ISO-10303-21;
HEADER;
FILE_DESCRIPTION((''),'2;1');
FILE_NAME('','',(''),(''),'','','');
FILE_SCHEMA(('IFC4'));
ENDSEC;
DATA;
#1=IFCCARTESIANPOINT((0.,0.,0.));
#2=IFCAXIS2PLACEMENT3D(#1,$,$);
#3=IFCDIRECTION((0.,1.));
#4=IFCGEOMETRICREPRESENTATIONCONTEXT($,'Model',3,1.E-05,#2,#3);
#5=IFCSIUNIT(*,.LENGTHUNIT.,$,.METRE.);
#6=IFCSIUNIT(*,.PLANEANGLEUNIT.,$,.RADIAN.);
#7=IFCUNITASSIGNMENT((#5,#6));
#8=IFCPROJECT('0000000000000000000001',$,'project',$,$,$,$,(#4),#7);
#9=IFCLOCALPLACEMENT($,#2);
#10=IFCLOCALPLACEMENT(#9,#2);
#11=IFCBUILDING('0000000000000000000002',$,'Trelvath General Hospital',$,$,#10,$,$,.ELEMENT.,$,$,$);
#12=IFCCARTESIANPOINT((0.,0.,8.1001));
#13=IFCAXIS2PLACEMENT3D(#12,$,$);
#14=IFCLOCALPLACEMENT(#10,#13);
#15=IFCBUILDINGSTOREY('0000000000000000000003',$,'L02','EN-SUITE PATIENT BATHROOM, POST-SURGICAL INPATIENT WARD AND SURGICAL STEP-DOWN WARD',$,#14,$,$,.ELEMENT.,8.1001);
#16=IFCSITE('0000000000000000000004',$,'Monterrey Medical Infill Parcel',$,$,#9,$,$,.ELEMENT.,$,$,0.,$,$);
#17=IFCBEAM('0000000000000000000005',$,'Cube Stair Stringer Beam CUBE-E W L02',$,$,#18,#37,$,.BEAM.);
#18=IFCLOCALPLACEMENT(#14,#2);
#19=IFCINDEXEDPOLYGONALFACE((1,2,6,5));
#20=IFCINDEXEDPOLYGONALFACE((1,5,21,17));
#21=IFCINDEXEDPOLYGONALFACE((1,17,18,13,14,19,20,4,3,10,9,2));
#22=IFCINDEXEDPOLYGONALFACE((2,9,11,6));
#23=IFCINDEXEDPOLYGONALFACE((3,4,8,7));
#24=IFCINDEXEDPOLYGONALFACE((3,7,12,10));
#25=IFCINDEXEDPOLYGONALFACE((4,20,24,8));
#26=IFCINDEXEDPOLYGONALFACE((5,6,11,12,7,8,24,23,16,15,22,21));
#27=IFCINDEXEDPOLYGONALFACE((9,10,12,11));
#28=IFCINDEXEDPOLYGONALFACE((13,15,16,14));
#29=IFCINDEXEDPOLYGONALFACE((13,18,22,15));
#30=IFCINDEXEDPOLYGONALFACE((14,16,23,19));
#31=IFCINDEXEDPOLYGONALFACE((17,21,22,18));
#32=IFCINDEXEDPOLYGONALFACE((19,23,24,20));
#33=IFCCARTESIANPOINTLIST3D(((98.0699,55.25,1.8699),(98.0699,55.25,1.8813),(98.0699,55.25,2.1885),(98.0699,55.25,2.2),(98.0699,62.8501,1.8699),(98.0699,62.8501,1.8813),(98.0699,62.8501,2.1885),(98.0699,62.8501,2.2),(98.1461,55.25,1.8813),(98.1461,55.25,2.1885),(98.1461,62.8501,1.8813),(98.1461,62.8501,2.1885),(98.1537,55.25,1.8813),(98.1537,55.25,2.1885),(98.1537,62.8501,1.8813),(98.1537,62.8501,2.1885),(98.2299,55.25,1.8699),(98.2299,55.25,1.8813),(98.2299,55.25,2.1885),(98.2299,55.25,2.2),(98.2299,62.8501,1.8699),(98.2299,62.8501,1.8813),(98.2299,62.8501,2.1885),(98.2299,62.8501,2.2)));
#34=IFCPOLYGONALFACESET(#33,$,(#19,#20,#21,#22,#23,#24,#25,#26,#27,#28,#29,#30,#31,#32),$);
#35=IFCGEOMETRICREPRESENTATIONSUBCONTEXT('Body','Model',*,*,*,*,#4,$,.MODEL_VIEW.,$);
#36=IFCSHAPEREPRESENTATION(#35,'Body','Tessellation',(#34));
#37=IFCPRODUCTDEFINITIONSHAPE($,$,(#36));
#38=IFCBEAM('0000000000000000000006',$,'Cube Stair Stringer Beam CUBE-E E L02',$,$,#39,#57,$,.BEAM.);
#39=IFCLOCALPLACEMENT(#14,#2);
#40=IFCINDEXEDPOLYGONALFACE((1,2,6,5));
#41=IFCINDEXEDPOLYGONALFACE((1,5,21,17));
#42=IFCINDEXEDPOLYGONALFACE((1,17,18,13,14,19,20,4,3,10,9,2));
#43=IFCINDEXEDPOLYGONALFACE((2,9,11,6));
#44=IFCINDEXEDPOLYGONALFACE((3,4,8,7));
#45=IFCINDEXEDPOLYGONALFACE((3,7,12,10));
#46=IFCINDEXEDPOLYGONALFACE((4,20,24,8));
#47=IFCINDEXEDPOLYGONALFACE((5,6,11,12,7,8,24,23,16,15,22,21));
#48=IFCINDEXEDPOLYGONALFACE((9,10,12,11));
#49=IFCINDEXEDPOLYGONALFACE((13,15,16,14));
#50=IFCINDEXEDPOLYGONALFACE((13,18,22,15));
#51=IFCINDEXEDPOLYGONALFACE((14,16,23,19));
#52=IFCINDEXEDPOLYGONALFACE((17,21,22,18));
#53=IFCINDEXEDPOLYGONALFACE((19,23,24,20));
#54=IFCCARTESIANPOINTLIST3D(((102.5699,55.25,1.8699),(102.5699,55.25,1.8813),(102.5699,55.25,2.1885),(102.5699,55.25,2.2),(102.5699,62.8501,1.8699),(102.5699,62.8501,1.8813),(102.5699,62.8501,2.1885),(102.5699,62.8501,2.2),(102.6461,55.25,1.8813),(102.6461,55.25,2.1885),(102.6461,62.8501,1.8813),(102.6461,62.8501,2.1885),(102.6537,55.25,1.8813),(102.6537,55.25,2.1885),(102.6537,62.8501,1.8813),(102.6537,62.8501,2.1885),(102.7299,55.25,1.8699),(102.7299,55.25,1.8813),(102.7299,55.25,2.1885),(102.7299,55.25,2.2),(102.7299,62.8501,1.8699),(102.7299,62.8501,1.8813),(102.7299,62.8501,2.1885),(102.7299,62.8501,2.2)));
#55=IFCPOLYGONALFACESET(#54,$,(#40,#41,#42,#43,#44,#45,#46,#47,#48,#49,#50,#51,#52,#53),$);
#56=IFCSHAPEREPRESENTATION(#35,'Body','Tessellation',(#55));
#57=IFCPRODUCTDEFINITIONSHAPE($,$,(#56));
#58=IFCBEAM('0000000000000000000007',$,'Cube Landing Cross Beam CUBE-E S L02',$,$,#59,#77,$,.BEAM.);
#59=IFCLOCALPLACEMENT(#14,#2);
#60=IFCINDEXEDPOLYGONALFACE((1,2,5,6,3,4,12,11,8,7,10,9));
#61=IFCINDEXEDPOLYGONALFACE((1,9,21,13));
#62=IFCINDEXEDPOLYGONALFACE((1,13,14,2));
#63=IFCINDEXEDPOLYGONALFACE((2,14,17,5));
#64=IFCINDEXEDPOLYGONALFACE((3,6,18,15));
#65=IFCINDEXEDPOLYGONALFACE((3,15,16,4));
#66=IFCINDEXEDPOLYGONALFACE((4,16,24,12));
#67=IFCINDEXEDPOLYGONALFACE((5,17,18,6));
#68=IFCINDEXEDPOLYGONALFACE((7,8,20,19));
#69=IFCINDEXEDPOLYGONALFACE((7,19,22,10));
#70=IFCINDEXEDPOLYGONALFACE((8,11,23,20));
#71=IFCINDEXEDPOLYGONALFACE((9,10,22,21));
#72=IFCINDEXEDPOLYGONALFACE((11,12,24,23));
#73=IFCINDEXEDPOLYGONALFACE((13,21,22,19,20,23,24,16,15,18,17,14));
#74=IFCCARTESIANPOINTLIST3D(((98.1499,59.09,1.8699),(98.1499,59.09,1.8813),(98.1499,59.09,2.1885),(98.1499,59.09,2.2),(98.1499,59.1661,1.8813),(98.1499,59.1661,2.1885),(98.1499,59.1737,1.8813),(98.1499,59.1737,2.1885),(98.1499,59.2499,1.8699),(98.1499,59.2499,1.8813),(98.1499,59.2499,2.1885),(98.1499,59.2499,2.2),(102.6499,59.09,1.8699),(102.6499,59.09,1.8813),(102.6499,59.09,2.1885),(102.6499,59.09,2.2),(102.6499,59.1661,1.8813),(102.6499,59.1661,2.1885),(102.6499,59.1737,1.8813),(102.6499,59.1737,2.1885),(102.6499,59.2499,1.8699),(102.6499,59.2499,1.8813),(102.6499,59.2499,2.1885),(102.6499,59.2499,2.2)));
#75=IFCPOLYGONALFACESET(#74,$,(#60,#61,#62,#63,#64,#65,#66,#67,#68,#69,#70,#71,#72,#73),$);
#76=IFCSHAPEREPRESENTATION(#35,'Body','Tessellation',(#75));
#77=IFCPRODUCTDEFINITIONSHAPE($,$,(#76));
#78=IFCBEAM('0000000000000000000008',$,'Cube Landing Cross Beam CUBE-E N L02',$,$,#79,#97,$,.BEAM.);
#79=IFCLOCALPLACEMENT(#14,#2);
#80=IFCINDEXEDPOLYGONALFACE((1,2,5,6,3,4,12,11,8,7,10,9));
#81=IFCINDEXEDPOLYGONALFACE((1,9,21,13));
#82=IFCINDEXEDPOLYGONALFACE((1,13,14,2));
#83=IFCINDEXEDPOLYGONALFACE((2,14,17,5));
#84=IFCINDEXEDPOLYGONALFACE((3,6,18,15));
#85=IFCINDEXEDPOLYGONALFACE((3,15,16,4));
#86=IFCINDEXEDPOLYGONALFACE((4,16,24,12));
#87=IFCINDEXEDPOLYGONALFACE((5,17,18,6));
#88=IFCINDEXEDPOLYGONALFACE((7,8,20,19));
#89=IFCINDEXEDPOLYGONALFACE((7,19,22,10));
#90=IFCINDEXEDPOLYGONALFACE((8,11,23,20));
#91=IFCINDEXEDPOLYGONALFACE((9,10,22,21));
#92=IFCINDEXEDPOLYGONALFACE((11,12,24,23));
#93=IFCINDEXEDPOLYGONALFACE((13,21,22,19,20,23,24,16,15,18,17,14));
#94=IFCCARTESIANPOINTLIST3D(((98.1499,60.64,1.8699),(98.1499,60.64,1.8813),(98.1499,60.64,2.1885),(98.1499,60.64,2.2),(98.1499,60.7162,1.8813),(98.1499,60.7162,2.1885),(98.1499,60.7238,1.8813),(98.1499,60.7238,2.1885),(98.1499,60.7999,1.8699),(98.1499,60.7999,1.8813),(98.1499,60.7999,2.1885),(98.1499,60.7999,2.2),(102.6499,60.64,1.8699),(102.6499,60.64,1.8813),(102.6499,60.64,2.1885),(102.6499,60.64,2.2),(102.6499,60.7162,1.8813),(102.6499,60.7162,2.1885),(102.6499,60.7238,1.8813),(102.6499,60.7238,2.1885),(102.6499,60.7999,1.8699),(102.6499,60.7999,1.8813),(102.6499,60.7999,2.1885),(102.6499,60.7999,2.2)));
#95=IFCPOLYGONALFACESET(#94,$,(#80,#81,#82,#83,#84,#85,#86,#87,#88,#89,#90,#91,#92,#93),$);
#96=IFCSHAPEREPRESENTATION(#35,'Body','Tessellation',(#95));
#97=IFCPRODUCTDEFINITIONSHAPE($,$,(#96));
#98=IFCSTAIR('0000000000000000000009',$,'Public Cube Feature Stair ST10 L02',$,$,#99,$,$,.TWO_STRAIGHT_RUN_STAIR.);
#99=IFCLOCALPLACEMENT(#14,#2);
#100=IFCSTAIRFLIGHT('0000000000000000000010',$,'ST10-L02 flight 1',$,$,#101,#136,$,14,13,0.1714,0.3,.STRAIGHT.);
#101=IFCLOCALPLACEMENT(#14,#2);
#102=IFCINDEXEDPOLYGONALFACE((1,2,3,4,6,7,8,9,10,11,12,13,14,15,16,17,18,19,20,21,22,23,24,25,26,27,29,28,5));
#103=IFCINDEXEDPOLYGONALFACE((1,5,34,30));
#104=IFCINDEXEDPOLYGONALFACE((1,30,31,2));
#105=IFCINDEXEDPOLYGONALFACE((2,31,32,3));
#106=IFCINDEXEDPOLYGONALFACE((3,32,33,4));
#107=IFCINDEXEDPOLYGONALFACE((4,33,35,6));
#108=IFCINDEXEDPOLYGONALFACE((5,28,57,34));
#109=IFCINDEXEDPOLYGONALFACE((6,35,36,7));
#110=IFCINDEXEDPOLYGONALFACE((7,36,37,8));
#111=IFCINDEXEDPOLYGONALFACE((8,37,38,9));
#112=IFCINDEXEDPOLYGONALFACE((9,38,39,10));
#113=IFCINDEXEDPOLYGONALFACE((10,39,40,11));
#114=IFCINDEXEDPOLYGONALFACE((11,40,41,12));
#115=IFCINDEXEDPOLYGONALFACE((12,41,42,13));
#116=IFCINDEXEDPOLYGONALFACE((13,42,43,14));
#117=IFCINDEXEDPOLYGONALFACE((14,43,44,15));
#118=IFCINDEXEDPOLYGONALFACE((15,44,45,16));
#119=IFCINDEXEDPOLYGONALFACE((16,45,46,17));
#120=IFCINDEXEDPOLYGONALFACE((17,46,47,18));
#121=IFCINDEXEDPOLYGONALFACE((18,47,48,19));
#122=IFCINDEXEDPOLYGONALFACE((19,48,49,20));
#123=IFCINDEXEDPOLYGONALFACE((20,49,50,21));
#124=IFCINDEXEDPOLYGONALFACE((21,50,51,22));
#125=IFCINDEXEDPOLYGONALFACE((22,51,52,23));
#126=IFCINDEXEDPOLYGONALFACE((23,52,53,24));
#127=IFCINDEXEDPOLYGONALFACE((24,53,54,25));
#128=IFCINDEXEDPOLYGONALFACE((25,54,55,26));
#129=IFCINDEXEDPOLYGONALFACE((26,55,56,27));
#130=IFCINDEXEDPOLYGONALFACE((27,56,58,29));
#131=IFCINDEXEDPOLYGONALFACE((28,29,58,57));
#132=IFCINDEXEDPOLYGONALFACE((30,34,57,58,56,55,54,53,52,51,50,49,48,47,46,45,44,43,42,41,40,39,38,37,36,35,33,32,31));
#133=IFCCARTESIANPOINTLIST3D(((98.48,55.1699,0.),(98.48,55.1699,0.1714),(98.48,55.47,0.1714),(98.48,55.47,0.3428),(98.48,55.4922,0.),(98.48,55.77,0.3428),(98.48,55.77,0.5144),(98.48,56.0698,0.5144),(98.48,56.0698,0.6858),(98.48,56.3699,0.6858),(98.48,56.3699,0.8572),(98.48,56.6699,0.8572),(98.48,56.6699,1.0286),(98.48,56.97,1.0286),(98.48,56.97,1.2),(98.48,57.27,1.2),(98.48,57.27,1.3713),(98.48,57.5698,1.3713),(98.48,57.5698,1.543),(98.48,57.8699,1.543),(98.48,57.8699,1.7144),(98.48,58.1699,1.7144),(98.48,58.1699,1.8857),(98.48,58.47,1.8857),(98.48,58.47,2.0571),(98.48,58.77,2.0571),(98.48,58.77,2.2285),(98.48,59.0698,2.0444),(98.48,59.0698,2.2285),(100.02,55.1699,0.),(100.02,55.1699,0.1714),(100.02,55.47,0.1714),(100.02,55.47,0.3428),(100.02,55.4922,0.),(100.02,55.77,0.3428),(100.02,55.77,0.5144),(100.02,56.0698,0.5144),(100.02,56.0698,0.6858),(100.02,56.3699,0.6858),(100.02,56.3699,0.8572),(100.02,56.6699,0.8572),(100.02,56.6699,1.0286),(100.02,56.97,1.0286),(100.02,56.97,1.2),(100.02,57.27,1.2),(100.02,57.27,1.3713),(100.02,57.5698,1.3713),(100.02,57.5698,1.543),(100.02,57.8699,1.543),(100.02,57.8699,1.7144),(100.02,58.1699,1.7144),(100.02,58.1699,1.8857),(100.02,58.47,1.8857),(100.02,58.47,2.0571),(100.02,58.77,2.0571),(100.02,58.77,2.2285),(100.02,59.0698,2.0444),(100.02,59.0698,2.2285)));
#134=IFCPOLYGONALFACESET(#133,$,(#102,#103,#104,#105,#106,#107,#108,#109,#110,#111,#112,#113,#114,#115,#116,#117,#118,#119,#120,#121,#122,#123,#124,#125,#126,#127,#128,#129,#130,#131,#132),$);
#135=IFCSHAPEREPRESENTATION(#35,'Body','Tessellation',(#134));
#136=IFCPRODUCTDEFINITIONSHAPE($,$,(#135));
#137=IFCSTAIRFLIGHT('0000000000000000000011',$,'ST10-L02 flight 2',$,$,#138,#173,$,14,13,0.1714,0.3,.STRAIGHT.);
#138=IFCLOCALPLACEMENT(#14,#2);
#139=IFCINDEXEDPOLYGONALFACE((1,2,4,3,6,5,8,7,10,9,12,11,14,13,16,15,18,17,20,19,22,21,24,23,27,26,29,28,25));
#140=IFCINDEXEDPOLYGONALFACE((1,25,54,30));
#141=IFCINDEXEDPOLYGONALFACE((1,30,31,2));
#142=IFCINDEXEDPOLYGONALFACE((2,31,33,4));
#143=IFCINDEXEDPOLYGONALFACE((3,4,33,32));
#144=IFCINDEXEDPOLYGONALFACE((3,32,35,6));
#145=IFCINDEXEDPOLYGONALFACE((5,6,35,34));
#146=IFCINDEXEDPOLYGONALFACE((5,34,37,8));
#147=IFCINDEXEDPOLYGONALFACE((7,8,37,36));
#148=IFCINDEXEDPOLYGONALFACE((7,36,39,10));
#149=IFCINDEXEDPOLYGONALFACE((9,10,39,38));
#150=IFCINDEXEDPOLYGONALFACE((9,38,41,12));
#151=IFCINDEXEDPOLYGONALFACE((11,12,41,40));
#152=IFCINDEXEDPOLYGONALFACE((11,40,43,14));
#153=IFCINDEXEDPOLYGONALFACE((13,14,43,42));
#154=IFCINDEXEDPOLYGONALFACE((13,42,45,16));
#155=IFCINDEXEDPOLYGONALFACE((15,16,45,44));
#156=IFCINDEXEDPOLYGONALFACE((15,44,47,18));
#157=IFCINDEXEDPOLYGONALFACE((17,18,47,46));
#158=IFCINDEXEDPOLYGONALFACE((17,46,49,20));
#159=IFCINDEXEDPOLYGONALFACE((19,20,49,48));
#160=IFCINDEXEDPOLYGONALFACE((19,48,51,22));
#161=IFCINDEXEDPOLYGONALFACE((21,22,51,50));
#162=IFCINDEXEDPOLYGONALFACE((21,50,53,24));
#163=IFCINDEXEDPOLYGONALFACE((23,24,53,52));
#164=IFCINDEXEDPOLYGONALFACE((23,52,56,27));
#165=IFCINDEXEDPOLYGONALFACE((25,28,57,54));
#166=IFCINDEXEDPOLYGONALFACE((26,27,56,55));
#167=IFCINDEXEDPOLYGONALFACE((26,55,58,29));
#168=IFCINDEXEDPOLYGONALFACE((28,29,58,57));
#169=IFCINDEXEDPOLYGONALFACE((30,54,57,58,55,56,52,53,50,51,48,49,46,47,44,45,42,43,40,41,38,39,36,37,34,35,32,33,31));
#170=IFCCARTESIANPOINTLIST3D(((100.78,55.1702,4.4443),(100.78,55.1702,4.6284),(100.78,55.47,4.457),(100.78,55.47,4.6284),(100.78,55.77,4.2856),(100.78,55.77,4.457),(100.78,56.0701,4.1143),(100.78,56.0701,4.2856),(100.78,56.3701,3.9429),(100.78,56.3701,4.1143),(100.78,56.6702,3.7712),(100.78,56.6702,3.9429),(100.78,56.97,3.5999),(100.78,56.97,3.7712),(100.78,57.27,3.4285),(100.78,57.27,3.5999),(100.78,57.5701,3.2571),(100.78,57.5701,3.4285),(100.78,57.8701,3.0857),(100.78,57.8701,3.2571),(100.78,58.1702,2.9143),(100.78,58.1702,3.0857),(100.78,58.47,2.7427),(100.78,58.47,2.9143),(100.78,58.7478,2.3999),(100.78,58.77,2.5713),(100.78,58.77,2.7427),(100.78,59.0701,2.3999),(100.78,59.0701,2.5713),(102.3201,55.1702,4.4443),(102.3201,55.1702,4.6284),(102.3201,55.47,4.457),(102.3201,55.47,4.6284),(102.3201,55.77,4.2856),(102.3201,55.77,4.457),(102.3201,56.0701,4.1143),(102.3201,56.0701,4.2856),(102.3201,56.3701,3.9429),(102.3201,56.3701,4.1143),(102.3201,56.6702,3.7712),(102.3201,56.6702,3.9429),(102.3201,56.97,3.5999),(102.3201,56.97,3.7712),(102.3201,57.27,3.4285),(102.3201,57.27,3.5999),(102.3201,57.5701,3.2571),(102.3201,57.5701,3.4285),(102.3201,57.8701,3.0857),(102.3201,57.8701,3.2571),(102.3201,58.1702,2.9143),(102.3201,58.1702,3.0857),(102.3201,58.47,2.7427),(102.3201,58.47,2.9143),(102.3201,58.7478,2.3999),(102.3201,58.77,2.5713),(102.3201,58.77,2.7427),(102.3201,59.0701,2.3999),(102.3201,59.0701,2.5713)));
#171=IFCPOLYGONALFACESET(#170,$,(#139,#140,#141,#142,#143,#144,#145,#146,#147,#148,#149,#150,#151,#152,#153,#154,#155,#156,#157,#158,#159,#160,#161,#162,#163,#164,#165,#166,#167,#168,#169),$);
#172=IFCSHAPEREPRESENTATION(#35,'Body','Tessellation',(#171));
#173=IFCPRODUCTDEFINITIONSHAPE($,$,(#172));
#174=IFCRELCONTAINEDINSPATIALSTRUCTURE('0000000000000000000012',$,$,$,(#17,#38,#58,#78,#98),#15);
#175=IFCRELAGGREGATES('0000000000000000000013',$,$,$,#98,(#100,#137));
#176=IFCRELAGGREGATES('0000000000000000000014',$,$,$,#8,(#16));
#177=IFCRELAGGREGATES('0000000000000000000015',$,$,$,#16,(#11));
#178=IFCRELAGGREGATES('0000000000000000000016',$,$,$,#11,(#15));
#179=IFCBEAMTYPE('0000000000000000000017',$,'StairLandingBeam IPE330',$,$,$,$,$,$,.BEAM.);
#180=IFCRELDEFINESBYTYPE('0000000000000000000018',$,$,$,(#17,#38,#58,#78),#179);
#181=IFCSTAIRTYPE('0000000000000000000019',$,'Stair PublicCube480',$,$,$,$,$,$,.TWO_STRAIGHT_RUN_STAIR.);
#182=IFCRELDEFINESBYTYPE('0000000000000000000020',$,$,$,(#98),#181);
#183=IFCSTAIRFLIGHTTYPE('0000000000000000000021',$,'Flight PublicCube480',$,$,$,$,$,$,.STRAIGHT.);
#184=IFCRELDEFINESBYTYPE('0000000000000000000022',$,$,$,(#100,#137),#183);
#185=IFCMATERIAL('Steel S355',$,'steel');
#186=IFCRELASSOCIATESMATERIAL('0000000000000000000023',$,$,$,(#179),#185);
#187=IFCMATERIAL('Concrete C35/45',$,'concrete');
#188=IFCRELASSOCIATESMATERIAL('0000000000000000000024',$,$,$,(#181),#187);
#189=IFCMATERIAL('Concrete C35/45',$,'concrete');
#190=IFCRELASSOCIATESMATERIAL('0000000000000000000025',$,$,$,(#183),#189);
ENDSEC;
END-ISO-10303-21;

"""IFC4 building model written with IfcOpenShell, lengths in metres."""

from ifc_helpers import new_model, si_unit, direction, frame, origin, origin_2d, place, context, subcontext, project, spatial, polyline, i_section, outline, extrude, material, material_profile, profile_set, type_object, element, aggregate, save


model = new_model("IFC4")

# Units and contexts
model_context = context("Model", 3, precision=1e-05, world=origin(), true_north=direction((0.0, 1.0)))
body_context = subcontext(model_context, "Body", "Model", "MODEL_VIEW")
ifc_project = project(units=[si_unit("LENGTHUNIT", "METRE"), si_unit("PLANEANGLEUNIT", "RADIAN")], contexts=[model_context])

# Site, building, storey
site_placement = place(None, origin())
site = spatial("IfcSite", under=ifc_project, at=site_placement, Name="Monterrey Medical Infill Parcel", CompositionType="ELEMENT", RefElevation=0.0)
building_placement = place(site_placement, origin())
building = spatial("IfcBuilding", under=site, at=building_placement, Name="Trelvath General Hospital", CompositionType="ELEMENT")
storey_placement = place(building_placement, frame((0.0, 0.0, 8.1001)))
storey = spatial("IfcBuildingStorey", under=building, at=storey_placement, Name="L02", Description="EN-SUITE PATIENT BATHROOM, POST-SURGICAL INPATIENT WARD AND SURGICAL STEP-DOWN WARD", CompositionType="ELEMENT", Elevation=8.1001)

# Beams
ifc_material_1 = material(Name="Steel S355", Category="steel")
ifc_material_profile_1 = material_profile(ifc_material_1, i_section(OverallWidth=0.1599, OverallDepth=0.3301, WebThickness=0.0076, FlangeThickness=0.0115, at=origin_2d()), Name="IPE330")
ifc_profile_set_1 = profile_set([ifc_material_profile_1], Name="Steel S355")
beam_type_1 = type_object("IfcBeamType", Name="StairLandingBeam IPE330", PredefinedType="BEAM", material=ifc_profile_set_1)
for number, where, z_axis, x_axis, name in (
    (1, (98.1499, 55.25, 2.0349), (0.0, 1.0, 0.0), (-1.0, 0.0, 0.0), "Cube Stair Stringer Beam CUBE-E W L02"),
    (2, (102.6499, 55.25, 2.0349), (0.0, 1.0, 0.0), (-1.0, 0.0, 0.0), "Cube Stair Stringer Beam CUBE-E E L02"),
):
    element("IfcBeam", number, at=place(storey_placement, frame(where, z_axis=z_axis, x_axis=x_axis)), inside=storey, type_object=beam_type_1, Name=name, PredefinedType="BEAM", context=body_context, shape_type="SweptSolid", body=[
        extrude(i_section(OverallWidth=0.1599, OverallDepth=0.3301, WebThickness=0.0076, FlangeThickness=0.0115, at=origin_2d()), origin(), (0.0, 0.0, 1.0), 7.6001),
    ])
for number, where, z_axis, x_axis, name in (
    (3, (98.1499, 59.1699, 2.0349), (1.0, 0.0, 0.0), (0.0, 1.0, 0.0), "Cube Landing Cross Beam CUBE-E S L02"),
    (4, (98.1499, 60.72, 2.0349), (1.0, 0.0, 0.0), (0.0, 1.0, 0.0), "Cube Landing Cross Beam CUBE-E N L02"),
):
    element("IfcBeam", number, at=place(storey_placement, frame(where, z_axis=z_axis, x_axis=x_axis)), inside=storey, type_object=beam_type_1, Name=name, PredefinedType="BEAM", context=body_context, shape_type="SweptSolid", body=[
        extrude(i_section(OverallWidth=0.1599, OverallDepth=0.3301, WebThickness=0.0076, FlangeThickness=0.0115, at=origin_2d()), origin(), (0.0, 0.0, 1.0), 4.5),
    ])

# Stair, stair flights
ifc_material_2 = material(Name="Concrete C35/45", Category="concrete")
stair_type = type_object("IfcStairType", Name="Stair PublicCube480", PredefinedType="TWO_STRAIGHT_RUN_STAIR", material=ifc_material_2)
stair_placement = place(storey_placement, origin())
stair = element("IfcStair", 5, at=stair_placement, inside=storey, type_object=stair_type, Name="Public Cube Feature Stair ST10 L02", PredefinedType="TWO_STRAIGHT_RUN_STAIR")
ifc_material_3 = material(Name="Concrete C35/45", Category="concrete")
stair_flight_type = type_object("IfcStairFlightType", Name="Flight PublicCube480", PredefinedType="STRAIGHT", material=ifc_material_3)
stair_flight_1_placement = place(storey_placement, frame((99.25, 55.1699, 0.0), z_axis=(0.0, 0.0, 1.0), x_axis=(0.0, 1.0, 0.0)))
stair_flight_1 = element("IfcStairFlight", 6, at=stair_flight_1_placement, type_object=stair_flight_type, Name="ST10-L02 flight 1", NumberOfRisers=14, NumberOfTreads=13, PredefinedType="STRAIGHT", RiserHeight=0.1714, TreadLength=0.3, context=body_context, shape_type="SweptSolid", body=[
    extrude(outline(polyline([(0.0, 0.0), (0.0, 0.1714), (0.3, 0.1714), (0.3, 0.3428), (0.6001, 0.3428), (0.6001, 0.5144), (0.8999, 0.5144), (0.8999, 0.6858), (1.2, 0.6858), (1.2, 0.8572), (1.5, 0.8572), (1.5, 1.0286), (1.8, 1.0286), (1.8, 1.2), (2.1001, 1.2), (2.1001, 1.3713), (2.3999, 1.3713), (2.3999, 1.543), (2.7, 1.543), (2.7, 1.7144), (3.0, 1.7144), (3.0, 1.8857), (3.3, 1.8857), (3.3, 2.0571), (3.6001, 2.0571), (3.6001, 2.2285), (3.8999, 2.2285), (3.8999, 2.3999), (3.8999, 2.0444), (0.3223, 0.0), (0.0, 0.0)])), frame((0.0, 0.77, 0.0), z_axis=(0.0, -1.0, 0.0), x_axis=(1.0, 0.0, 0.0)), (0.0, 0.0, 1.0), 1.54),
])
stair_flight_2_placement = place(storey_placement, frame((101.55, 59.0701, 2.3999), z_axis=(0.0, 0.0, 1.0), x_axis=(0.0, -1.0, 0.0)))
stair_flight_2 = element("IfcStairFlight", 7, at=stair_flight_2_placement, type_object=stair_flight_type, Name="ST10-L02 flight 2", NumberOfRisers=14, NumberOfTreads=13, PredefinedType="STRAIGHT", RiserHeight=0.1714, TreadLength=0.3, context=body_context, shape_type="SweptSolid", body=[
    extrude(outline(polyline([(0.0, 0.0), (0.0, 0.1714), (0.3, 0.1714), (0.3, 0.3428), (0.6001, 0.3428), (0.6001, 0.5144), (0.8999, 0.5144), (0.8999, 0.6858), (1.2, 0.6858), (1.2, 0.8572), (1.5, 0.8572), (1.5, 1.0286), (1.8, 1.0286), (1.8, 1.2), (2.1001, 1.2), (2.1001, 1.3713), (2.3999, 1.3713), (2.3999, 1.543), (2.7, 1.543), (2.7, 1.7144), (3.0, 1.7144), (3.0, 1.8857), (3.3, 1.8857), (3.3, 2.0571), (3.6001, 2.0571), (3.6001, 2.2285), (3.8999, 2.2285), (3.8999, 2.3999), (3.8999, 2.0444), (0.3223, 0.0), (0.0, 0.0)])), frame((0.0, 0.77, 0.0), z_axis=(0.0, -1.0, 0.0), x_axis=(1.0, 0.0, 0.0)), (0.0, 0.0, 1.0), 1.54),
])
aggregate(stair, [stair_flight_1, stair_flight_2])

save(model, "model.ifc")
